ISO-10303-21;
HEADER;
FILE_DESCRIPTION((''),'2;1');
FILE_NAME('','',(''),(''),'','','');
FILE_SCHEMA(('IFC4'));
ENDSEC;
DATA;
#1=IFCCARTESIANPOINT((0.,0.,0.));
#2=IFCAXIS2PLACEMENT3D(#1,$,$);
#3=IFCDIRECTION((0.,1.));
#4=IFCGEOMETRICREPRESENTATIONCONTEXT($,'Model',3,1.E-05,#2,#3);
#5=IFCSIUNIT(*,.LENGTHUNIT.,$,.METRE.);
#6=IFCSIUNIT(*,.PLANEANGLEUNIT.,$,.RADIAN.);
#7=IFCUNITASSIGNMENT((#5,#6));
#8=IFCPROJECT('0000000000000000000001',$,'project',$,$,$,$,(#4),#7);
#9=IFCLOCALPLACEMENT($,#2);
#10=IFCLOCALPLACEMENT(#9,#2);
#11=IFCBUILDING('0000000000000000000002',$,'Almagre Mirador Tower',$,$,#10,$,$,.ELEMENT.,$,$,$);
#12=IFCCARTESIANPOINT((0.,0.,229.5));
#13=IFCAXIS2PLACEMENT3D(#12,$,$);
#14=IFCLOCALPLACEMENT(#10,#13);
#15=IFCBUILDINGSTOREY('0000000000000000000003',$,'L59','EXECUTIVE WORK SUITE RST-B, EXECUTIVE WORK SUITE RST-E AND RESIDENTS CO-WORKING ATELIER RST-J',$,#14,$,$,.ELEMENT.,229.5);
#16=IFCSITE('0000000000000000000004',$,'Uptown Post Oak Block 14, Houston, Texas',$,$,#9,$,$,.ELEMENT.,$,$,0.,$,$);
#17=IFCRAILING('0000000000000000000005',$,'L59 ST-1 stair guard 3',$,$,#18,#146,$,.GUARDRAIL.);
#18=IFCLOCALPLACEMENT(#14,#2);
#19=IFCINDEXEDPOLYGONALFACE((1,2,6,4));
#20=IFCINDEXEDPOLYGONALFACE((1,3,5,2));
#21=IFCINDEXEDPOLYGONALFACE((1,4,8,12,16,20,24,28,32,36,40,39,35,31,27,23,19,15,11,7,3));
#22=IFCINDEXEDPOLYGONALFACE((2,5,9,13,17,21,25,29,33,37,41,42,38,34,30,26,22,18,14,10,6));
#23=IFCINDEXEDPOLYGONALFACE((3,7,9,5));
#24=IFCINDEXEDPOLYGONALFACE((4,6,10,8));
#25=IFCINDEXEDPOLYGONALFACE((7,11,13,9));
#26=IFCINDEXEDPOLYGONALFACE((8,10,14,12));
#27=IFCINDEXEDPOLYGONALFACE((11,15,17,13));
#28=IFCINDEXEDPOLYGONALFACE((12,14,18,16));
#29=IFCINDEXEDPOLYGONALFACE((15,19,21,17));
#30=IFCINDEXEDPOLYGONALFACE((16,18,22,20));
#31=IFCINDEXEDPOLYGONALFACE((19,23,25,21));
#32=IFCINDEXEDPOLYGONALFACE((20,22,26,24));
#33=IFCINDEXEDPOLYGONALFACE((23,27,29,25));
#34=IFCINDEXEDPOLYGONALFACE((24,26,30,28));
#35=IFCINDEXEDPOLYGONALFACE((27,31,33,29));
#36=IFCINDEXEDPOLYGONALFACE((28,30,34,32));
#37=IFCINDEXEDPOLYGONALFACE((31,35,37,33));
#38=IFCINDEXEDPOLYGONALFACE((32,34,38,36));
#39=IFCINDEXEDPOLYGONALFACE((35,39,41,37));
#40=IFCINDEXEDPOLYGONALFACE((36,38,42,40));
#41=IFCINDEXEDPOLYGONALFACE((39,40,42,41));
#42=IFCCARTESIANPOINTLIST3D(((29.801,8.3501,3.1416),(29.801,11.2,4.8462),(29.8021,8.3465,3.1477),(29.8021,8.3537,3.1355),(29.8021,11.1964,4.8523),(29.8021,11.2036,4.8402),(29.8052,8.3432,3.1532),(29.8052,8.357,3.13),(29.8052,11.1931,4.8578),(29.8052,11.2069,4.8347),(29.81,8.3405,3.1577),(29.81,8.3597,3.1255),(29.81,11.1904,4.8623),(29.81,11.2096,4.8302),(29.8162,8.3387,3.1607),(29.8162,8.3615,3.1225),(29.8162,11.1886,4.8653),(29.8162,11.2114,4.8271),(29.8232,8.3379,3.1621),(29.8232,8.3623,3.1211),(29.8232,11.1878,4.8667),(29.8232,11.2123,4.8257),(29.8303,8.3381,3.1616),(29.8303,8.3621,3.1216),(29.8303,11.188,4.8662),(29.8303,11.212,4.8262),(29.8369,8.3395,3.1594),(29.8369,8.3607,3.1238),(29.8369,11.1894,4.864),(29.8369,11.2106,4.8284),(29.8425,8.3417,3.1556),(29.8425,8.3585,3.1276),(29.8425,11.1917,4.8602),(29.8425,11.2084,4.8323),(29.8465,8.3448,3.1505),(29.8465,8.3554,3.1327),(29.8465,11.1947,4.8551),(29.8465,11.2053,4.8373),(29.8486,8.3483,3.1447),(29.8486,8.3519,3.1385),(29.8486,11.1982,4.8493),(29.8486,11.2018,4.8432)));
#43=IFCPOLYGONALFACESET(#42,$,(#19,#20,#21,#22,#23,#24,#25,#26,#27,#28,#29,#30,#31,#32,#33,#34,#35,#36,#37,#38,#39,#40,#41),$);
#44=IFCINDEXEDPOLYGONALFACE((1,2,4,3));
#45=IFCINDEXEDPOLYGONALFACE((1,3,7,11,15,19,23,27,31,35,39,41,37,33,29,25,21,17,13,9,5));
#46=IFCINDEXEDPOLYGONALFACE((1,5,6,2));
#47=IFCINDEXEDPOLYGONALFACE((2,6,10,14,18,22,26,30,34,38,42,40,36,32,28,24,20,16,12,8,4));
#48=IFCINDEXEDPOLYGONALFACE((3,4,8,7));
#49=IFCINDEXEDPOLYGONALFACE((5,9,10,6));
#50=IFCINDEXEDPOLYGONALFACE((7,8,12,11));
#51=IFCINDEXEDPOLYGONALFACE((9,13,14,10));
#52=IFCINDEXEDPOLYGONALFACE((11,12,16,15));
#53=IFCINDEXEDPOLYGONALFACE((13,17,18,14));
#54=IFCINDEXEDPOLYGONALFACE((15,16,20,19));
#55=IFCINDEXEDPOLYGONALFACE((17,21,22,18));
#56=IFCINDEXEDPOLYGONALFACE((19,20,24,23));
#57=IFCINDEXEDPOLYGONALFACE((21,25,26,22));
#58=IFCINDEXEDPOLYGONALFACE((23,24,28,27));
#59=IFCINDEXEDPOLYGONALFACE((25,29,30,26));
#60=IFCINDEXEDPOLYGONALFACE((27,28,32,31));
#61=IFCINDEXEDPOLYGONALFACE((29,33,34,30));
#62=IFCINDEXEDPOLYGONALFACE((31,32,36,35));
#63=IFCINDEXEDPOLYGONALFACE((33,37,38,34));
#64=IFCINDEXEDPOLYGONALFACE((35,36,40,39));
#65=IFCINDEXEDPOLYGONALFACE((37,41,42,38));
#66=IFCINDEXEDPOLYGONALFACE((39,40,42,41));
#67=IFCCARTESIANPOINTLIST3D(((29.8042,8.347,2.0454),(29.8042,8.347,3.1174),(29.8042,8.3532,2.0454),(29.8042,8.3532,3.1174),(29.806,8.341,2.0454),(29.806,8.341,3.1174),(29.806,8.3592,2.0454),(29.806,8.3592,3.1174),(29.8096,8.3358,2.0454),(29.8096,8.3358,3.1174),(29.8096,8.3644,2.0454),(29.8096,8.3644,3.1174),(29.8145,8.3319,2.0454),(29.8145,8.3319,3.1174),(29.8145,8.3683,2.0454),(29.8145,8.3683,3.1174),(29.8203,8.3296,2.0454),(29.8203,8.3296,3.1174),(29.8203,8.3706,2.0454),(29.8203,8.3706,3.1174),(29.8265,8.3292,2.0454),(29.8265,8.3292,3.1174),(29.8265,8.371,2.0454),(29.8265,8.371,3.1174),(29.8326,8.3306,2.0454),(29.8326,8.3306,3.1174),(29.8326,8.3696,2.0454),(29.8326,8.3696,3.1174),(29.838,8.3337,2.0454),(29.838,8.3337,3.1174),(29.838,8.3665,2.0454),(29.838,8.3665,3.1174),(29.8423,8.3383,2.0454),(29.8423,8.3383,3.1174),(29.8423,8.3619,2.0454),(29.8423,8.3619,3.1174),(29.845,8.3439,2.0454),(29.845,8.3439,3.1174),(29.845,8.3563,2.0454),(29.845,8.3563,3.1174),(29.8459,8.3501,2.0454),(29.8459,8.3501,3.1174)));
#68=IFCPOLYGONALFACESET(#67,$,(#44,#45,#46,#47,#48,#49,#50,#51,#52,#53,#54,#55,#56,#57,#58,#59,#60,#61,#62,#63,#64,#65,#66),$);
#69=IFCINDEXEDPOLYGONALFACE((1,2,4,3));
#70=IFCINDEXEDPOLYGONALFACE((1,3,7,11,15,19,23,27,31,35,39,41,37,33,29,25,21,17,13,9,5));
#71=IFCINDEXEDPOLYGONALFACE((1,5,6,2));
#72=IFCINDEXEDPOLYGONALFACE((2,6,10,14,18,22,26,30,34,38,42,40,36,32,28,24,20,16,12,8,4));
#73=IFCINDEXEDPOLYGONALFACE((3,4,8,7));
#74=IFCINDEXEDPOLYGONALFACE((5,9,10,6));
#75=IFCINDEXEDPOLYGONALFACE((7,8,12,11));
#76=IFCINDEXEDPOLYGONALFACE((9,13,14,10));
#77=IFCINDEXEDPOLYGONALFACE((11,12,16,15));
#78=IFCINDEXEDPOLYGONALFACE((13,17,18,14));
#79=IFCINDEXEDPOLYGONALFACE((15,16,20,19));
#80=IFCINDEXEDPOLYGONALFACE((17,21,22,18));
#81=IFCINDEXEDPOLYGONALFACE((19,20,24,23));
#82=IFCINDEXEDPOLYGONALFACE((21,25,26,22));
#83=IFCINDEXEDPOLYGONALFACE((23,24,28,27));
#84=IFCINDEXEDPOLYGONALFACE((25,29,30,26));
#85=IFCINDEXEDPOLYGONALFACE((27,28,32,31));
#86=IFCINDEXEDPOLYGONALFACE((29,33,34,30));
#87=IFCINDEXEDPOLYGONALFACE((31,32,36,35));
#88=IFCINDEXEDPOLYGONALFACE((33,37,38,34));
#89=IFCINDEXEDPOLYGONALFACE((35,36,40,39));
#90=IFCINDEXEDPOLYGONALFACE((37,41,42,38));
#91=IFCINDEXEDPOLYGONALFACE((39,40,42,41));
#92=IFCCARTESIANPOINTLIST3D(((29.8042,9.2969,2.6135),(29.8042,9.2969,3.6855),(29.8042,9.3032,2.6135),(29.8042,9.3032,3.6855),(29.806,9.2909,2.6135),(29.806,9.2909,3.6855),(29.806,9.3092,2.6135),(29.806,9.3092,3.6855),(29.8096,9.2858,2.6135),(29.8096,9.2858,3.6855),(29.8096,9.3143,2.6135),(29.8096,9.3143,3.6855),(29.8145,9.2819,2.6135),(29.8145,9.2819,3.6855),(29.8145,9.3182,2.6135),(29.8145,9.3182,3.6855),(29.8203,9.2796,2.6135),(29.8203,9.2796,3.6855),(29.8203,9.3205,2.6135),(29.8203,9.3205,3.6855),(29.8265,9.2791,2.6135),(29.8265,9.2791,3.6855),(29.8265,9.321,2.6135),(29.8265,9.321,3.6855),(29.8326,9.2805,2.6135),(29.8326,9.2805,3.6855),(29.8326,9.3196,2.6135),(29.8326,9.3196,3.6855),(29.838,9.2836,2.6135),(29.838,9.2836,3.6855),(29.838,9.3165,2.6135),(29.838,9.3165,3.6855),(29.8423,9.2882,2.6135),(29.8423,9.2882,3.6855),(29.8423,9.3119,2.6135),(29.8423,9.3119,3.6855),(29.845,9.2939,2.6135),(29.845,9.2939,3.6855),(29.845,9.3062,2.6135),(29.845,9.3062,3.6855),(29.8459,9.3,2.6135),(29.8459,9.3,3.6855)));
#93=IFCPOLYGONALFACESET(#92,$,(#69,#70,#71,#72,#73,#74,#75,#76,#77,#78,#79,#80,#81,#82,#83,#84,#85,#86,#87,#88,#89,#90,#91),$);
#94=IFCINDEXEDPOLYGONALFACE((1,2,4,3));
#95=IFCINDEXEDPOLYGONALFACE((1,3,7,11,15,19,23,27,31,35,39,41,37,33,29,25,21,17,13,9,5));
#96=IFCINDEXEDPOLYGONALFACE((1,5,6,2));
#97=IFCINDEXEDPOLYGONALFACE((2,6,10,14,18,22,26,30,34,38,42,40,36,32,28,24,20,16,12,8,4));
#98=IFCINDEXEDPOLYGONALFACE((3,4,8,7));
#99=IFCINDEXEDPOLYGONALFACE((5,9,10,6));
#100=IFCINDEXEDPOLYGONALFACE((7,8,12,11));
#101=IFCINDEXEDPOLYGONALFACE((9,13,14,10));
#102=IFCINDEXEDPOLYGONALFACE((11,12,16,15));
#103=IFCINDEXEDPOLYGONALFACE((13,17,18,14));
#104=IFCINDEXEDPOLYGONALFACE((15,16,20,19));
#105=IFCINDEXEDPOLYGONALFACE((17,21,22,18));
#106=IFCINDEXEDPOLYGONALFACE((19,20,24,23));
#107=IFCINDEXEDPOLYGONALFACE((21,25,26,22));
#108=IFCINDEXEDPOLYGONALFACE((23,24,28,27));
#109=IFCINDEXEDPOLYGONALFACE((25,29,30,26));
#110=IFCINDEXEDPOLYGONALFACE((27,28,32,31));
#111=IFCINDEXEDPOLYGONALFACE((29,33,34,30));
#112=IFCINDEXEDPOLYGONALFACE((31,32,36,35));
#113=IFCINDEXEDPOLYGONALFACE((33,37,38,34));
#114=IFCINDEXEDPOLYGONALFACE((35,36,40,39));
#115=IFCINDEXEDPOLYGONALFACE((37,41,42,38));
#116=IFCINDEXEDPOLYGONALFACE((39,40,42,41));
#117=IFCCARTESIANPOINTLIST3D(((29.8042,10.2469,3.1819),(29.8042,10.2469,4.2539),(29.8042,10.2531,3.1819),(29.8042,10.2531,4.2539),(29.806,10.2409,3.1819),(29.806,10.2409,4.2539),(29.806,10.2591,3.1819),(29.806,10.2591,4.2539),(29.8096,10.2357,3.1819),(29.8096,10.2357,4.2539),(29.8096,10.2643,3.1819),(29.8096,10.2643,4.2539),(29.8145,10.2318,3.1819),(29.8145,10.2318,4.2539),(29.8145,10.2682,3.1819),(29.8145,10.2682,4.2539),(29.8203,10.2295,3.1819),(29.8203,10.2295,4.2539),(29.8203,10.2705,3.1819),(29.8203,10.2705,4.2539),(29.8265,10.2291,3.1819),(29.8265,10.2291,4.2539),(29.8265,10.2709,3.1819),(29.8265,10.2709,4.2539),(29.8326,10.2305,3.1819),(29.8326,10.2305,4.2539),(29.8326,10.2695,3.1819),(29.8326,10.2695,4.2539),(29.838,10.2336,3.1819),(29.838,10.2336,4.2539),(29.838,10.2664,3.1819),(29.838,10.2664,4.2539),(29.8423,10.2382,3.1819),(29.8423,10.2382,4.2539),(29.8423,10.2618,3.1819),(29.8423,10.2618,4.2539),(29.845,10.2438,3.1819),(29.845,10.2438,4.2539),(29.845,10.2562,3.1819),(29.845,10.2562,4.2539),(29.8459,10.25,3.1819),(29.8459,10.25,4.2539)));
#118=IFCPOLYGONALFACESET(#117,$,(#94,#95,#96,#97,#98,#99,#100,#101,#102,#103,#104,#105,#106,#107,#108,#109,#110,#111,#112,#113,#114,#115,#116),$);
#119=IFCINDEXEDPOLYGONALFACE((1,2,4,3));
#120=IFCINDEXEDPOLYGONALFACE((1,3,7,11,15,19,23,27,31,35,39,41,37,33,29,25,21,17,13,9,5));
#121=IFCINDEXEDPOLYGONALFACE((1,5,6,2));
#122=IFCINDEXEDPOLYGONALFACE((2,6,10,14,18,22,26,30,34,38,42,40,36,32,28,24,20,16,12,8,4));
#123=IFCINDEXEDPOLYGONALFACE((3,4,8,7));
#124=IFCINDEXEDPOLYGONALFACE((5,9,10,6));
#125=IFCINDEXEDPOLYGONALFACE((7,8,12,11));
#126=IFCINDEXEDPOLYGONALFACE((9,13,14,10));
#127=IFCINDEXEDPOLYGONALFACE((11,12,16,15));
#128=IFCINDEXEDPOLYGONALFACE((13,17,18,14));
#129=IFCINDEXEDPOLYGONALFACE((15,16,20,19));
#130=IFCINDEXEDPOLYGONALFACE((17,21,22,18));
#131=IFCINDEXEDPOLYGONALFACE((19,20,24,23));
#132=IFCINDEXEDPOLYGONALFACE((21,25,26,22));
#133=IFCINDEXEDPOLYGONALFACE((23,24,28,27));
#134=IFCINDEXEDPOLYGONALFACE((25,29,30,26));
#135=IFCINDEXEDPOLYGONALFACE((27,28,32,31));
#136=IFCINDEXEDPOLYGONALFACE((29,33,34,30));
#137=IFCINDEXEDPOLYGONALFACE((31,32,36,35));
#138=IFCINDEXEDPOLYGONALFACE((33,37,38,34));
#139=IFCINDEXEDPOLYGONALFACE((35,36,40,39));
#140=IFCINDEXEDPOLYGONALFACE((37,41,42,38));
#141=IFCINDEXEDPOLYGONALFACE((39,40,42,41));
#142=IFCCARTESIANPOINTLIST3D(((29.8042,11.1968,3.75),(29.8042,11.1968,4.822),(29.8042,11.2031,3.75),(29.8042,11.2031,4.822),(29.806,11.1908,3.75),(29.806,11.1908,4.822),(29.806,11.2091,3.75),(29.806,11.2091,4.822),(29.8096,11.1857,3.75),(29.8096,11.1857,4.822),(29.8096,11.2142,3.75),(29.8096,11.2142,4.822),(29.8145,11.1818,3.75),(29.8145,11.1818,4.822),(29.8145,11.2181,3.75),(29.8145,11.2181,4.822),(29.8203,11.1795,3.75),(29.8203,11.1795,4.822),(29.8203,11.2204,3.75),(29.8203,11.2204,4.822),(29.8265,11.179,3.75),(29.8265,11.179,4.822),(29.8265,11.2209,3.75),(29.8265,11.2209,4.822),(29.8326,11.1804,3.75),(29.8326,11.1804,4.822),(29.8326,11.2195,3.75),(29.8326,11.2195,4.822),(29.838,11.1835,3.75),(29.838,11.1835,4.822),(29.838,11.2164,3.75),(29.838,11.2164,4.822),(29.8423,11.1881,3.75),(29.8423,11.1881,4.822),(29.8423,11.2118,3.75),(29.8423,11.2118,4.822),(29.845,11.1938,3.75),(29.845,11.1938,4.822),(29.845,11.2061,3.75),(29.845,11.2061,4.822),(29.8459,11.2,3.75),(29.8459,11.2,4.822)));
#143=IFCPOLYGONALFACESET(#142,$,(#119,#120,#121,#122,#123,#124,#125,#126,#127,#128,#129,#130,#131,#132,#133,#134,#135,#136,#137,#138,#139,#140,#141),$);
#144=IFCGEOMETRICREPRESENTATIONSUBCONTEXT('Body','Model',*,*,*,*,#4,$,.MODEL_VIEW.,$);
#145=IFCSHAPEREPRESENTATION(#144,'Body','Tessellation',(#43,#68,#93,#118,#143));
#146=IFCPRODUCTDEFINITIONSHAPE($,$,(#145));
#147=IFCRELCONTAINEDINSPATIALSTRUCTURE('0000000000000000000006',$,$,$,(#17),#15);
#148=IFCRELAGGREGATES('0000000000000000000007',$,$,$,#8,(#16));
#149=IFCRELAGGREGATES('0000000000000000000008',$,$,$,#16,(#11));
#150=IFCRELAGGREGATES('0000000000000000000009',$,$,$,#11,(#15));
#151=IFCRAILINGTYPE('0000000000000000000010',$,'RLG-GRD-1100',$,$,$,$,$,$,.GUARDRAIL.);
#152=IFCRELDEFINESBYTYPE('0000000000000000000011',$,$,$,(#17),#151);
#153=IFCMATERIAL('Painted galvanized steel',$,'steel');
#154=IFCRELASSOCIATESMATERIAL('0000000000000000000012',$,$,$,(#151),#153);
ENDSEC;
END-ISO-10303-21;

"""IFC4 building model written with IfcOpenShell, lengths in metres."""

from ifc_helpers import new_model, si_unit, direction, frame, origin, origin_2d, place, context, subcontext, project, spatial, circle, extrude, material, type_object, element, save


model = new_model("IFC4")

# Units and contexts
model_context = context("Model", 3, precision=1e-05, world=origin(), true_north=direction((0.0, 1.0)))
body_context = subcontext(model_context, "Body", "Model", "MODEL_VIEW")
ifc_project = project(units=[si_unit("LENGTHUNIT", "METRE"), si_unit("PLANEANGLEUNIT", "RADIAN")], contexts=[model_context])

# Site, building, storey
site_placement = place(None, origin())
site = spatial("IfcSite", under=ifc_project, at=site_placement, Name="Uptown Post Oak Block 14, Houston, Texas", CompositionType="ELEMENT", RefElevation=0.0)
building_placement = place(site_placement, origin())
building = spatial("IfcBuilding", under=site, at=building_placement, Name="Almagre Mirador Tower", CompositionType="ELEMENT")
storey_placement = place(building_placement, frame((0.0, 0.0, 229.5)))
storey = spatial("IfcBuildingStorey", under=building, at=storey_placement, Name="L59", Description="EXECUTIVE WORK SUITE RST-B, EXECUTIVE WORK SUITE RST-E AND RESIDENTS CO-WORKING ATELIER RST-J", CompositionType="ELEMENT", Elevation=229.5)

# Railing
ifc_material_1 = material(Name="Painted galvanized steel", Category="steel")
railing_type = type_object("IfcRailingType", Name="RLG-GRD-1100", PredefinedType="GUARDRAIL", material=ifc_material_1)
railing_1_placement = place(storey_placement, frame((29.825, 8.3501, 2.0454)))
element("IfcRailing", 1, at=railing_1_placement, inside=storey, type_object=railing_type, Name="L59 ST-1 stair guard 3", PredefinedType="GUARDRAIL", context=body_context, shape_type="SweptSolid", body=[
    extrude(circle(Radius=0.0239, at=origin_2d()), frame((0.0, 0.0, 1.0962), z_axis=(0.0, 0.858199, 0.513317), x_axis=(-1.0, 0.0, 0.0)), (0.0, 0.0, 1.0), 3.3208),
    extrude(circle(Radius=0.021, at=origin_2d()), origin(), (0.0, 0.0, 1.0), 1.072),
    extrude(circle(Radius=0.021, at=origin_2d()), frame((0.0, 0.95, 0.5681)), (0.0, 0.0, 1.0), 1.072),
    extrude(circle(Radius=0.021, at=origin_2d()), frame((0.0, 1.8999, 1.1365)), (0.0, 0.0, 1.0), 1.072),
    extrude(circle(Radius=0.021, at=origin_2d()), frame((0.0, 2.8499, 1.7046)), (0.0, 0.0, 1.0), 1.072),
])

save(model, "model.ifc")
